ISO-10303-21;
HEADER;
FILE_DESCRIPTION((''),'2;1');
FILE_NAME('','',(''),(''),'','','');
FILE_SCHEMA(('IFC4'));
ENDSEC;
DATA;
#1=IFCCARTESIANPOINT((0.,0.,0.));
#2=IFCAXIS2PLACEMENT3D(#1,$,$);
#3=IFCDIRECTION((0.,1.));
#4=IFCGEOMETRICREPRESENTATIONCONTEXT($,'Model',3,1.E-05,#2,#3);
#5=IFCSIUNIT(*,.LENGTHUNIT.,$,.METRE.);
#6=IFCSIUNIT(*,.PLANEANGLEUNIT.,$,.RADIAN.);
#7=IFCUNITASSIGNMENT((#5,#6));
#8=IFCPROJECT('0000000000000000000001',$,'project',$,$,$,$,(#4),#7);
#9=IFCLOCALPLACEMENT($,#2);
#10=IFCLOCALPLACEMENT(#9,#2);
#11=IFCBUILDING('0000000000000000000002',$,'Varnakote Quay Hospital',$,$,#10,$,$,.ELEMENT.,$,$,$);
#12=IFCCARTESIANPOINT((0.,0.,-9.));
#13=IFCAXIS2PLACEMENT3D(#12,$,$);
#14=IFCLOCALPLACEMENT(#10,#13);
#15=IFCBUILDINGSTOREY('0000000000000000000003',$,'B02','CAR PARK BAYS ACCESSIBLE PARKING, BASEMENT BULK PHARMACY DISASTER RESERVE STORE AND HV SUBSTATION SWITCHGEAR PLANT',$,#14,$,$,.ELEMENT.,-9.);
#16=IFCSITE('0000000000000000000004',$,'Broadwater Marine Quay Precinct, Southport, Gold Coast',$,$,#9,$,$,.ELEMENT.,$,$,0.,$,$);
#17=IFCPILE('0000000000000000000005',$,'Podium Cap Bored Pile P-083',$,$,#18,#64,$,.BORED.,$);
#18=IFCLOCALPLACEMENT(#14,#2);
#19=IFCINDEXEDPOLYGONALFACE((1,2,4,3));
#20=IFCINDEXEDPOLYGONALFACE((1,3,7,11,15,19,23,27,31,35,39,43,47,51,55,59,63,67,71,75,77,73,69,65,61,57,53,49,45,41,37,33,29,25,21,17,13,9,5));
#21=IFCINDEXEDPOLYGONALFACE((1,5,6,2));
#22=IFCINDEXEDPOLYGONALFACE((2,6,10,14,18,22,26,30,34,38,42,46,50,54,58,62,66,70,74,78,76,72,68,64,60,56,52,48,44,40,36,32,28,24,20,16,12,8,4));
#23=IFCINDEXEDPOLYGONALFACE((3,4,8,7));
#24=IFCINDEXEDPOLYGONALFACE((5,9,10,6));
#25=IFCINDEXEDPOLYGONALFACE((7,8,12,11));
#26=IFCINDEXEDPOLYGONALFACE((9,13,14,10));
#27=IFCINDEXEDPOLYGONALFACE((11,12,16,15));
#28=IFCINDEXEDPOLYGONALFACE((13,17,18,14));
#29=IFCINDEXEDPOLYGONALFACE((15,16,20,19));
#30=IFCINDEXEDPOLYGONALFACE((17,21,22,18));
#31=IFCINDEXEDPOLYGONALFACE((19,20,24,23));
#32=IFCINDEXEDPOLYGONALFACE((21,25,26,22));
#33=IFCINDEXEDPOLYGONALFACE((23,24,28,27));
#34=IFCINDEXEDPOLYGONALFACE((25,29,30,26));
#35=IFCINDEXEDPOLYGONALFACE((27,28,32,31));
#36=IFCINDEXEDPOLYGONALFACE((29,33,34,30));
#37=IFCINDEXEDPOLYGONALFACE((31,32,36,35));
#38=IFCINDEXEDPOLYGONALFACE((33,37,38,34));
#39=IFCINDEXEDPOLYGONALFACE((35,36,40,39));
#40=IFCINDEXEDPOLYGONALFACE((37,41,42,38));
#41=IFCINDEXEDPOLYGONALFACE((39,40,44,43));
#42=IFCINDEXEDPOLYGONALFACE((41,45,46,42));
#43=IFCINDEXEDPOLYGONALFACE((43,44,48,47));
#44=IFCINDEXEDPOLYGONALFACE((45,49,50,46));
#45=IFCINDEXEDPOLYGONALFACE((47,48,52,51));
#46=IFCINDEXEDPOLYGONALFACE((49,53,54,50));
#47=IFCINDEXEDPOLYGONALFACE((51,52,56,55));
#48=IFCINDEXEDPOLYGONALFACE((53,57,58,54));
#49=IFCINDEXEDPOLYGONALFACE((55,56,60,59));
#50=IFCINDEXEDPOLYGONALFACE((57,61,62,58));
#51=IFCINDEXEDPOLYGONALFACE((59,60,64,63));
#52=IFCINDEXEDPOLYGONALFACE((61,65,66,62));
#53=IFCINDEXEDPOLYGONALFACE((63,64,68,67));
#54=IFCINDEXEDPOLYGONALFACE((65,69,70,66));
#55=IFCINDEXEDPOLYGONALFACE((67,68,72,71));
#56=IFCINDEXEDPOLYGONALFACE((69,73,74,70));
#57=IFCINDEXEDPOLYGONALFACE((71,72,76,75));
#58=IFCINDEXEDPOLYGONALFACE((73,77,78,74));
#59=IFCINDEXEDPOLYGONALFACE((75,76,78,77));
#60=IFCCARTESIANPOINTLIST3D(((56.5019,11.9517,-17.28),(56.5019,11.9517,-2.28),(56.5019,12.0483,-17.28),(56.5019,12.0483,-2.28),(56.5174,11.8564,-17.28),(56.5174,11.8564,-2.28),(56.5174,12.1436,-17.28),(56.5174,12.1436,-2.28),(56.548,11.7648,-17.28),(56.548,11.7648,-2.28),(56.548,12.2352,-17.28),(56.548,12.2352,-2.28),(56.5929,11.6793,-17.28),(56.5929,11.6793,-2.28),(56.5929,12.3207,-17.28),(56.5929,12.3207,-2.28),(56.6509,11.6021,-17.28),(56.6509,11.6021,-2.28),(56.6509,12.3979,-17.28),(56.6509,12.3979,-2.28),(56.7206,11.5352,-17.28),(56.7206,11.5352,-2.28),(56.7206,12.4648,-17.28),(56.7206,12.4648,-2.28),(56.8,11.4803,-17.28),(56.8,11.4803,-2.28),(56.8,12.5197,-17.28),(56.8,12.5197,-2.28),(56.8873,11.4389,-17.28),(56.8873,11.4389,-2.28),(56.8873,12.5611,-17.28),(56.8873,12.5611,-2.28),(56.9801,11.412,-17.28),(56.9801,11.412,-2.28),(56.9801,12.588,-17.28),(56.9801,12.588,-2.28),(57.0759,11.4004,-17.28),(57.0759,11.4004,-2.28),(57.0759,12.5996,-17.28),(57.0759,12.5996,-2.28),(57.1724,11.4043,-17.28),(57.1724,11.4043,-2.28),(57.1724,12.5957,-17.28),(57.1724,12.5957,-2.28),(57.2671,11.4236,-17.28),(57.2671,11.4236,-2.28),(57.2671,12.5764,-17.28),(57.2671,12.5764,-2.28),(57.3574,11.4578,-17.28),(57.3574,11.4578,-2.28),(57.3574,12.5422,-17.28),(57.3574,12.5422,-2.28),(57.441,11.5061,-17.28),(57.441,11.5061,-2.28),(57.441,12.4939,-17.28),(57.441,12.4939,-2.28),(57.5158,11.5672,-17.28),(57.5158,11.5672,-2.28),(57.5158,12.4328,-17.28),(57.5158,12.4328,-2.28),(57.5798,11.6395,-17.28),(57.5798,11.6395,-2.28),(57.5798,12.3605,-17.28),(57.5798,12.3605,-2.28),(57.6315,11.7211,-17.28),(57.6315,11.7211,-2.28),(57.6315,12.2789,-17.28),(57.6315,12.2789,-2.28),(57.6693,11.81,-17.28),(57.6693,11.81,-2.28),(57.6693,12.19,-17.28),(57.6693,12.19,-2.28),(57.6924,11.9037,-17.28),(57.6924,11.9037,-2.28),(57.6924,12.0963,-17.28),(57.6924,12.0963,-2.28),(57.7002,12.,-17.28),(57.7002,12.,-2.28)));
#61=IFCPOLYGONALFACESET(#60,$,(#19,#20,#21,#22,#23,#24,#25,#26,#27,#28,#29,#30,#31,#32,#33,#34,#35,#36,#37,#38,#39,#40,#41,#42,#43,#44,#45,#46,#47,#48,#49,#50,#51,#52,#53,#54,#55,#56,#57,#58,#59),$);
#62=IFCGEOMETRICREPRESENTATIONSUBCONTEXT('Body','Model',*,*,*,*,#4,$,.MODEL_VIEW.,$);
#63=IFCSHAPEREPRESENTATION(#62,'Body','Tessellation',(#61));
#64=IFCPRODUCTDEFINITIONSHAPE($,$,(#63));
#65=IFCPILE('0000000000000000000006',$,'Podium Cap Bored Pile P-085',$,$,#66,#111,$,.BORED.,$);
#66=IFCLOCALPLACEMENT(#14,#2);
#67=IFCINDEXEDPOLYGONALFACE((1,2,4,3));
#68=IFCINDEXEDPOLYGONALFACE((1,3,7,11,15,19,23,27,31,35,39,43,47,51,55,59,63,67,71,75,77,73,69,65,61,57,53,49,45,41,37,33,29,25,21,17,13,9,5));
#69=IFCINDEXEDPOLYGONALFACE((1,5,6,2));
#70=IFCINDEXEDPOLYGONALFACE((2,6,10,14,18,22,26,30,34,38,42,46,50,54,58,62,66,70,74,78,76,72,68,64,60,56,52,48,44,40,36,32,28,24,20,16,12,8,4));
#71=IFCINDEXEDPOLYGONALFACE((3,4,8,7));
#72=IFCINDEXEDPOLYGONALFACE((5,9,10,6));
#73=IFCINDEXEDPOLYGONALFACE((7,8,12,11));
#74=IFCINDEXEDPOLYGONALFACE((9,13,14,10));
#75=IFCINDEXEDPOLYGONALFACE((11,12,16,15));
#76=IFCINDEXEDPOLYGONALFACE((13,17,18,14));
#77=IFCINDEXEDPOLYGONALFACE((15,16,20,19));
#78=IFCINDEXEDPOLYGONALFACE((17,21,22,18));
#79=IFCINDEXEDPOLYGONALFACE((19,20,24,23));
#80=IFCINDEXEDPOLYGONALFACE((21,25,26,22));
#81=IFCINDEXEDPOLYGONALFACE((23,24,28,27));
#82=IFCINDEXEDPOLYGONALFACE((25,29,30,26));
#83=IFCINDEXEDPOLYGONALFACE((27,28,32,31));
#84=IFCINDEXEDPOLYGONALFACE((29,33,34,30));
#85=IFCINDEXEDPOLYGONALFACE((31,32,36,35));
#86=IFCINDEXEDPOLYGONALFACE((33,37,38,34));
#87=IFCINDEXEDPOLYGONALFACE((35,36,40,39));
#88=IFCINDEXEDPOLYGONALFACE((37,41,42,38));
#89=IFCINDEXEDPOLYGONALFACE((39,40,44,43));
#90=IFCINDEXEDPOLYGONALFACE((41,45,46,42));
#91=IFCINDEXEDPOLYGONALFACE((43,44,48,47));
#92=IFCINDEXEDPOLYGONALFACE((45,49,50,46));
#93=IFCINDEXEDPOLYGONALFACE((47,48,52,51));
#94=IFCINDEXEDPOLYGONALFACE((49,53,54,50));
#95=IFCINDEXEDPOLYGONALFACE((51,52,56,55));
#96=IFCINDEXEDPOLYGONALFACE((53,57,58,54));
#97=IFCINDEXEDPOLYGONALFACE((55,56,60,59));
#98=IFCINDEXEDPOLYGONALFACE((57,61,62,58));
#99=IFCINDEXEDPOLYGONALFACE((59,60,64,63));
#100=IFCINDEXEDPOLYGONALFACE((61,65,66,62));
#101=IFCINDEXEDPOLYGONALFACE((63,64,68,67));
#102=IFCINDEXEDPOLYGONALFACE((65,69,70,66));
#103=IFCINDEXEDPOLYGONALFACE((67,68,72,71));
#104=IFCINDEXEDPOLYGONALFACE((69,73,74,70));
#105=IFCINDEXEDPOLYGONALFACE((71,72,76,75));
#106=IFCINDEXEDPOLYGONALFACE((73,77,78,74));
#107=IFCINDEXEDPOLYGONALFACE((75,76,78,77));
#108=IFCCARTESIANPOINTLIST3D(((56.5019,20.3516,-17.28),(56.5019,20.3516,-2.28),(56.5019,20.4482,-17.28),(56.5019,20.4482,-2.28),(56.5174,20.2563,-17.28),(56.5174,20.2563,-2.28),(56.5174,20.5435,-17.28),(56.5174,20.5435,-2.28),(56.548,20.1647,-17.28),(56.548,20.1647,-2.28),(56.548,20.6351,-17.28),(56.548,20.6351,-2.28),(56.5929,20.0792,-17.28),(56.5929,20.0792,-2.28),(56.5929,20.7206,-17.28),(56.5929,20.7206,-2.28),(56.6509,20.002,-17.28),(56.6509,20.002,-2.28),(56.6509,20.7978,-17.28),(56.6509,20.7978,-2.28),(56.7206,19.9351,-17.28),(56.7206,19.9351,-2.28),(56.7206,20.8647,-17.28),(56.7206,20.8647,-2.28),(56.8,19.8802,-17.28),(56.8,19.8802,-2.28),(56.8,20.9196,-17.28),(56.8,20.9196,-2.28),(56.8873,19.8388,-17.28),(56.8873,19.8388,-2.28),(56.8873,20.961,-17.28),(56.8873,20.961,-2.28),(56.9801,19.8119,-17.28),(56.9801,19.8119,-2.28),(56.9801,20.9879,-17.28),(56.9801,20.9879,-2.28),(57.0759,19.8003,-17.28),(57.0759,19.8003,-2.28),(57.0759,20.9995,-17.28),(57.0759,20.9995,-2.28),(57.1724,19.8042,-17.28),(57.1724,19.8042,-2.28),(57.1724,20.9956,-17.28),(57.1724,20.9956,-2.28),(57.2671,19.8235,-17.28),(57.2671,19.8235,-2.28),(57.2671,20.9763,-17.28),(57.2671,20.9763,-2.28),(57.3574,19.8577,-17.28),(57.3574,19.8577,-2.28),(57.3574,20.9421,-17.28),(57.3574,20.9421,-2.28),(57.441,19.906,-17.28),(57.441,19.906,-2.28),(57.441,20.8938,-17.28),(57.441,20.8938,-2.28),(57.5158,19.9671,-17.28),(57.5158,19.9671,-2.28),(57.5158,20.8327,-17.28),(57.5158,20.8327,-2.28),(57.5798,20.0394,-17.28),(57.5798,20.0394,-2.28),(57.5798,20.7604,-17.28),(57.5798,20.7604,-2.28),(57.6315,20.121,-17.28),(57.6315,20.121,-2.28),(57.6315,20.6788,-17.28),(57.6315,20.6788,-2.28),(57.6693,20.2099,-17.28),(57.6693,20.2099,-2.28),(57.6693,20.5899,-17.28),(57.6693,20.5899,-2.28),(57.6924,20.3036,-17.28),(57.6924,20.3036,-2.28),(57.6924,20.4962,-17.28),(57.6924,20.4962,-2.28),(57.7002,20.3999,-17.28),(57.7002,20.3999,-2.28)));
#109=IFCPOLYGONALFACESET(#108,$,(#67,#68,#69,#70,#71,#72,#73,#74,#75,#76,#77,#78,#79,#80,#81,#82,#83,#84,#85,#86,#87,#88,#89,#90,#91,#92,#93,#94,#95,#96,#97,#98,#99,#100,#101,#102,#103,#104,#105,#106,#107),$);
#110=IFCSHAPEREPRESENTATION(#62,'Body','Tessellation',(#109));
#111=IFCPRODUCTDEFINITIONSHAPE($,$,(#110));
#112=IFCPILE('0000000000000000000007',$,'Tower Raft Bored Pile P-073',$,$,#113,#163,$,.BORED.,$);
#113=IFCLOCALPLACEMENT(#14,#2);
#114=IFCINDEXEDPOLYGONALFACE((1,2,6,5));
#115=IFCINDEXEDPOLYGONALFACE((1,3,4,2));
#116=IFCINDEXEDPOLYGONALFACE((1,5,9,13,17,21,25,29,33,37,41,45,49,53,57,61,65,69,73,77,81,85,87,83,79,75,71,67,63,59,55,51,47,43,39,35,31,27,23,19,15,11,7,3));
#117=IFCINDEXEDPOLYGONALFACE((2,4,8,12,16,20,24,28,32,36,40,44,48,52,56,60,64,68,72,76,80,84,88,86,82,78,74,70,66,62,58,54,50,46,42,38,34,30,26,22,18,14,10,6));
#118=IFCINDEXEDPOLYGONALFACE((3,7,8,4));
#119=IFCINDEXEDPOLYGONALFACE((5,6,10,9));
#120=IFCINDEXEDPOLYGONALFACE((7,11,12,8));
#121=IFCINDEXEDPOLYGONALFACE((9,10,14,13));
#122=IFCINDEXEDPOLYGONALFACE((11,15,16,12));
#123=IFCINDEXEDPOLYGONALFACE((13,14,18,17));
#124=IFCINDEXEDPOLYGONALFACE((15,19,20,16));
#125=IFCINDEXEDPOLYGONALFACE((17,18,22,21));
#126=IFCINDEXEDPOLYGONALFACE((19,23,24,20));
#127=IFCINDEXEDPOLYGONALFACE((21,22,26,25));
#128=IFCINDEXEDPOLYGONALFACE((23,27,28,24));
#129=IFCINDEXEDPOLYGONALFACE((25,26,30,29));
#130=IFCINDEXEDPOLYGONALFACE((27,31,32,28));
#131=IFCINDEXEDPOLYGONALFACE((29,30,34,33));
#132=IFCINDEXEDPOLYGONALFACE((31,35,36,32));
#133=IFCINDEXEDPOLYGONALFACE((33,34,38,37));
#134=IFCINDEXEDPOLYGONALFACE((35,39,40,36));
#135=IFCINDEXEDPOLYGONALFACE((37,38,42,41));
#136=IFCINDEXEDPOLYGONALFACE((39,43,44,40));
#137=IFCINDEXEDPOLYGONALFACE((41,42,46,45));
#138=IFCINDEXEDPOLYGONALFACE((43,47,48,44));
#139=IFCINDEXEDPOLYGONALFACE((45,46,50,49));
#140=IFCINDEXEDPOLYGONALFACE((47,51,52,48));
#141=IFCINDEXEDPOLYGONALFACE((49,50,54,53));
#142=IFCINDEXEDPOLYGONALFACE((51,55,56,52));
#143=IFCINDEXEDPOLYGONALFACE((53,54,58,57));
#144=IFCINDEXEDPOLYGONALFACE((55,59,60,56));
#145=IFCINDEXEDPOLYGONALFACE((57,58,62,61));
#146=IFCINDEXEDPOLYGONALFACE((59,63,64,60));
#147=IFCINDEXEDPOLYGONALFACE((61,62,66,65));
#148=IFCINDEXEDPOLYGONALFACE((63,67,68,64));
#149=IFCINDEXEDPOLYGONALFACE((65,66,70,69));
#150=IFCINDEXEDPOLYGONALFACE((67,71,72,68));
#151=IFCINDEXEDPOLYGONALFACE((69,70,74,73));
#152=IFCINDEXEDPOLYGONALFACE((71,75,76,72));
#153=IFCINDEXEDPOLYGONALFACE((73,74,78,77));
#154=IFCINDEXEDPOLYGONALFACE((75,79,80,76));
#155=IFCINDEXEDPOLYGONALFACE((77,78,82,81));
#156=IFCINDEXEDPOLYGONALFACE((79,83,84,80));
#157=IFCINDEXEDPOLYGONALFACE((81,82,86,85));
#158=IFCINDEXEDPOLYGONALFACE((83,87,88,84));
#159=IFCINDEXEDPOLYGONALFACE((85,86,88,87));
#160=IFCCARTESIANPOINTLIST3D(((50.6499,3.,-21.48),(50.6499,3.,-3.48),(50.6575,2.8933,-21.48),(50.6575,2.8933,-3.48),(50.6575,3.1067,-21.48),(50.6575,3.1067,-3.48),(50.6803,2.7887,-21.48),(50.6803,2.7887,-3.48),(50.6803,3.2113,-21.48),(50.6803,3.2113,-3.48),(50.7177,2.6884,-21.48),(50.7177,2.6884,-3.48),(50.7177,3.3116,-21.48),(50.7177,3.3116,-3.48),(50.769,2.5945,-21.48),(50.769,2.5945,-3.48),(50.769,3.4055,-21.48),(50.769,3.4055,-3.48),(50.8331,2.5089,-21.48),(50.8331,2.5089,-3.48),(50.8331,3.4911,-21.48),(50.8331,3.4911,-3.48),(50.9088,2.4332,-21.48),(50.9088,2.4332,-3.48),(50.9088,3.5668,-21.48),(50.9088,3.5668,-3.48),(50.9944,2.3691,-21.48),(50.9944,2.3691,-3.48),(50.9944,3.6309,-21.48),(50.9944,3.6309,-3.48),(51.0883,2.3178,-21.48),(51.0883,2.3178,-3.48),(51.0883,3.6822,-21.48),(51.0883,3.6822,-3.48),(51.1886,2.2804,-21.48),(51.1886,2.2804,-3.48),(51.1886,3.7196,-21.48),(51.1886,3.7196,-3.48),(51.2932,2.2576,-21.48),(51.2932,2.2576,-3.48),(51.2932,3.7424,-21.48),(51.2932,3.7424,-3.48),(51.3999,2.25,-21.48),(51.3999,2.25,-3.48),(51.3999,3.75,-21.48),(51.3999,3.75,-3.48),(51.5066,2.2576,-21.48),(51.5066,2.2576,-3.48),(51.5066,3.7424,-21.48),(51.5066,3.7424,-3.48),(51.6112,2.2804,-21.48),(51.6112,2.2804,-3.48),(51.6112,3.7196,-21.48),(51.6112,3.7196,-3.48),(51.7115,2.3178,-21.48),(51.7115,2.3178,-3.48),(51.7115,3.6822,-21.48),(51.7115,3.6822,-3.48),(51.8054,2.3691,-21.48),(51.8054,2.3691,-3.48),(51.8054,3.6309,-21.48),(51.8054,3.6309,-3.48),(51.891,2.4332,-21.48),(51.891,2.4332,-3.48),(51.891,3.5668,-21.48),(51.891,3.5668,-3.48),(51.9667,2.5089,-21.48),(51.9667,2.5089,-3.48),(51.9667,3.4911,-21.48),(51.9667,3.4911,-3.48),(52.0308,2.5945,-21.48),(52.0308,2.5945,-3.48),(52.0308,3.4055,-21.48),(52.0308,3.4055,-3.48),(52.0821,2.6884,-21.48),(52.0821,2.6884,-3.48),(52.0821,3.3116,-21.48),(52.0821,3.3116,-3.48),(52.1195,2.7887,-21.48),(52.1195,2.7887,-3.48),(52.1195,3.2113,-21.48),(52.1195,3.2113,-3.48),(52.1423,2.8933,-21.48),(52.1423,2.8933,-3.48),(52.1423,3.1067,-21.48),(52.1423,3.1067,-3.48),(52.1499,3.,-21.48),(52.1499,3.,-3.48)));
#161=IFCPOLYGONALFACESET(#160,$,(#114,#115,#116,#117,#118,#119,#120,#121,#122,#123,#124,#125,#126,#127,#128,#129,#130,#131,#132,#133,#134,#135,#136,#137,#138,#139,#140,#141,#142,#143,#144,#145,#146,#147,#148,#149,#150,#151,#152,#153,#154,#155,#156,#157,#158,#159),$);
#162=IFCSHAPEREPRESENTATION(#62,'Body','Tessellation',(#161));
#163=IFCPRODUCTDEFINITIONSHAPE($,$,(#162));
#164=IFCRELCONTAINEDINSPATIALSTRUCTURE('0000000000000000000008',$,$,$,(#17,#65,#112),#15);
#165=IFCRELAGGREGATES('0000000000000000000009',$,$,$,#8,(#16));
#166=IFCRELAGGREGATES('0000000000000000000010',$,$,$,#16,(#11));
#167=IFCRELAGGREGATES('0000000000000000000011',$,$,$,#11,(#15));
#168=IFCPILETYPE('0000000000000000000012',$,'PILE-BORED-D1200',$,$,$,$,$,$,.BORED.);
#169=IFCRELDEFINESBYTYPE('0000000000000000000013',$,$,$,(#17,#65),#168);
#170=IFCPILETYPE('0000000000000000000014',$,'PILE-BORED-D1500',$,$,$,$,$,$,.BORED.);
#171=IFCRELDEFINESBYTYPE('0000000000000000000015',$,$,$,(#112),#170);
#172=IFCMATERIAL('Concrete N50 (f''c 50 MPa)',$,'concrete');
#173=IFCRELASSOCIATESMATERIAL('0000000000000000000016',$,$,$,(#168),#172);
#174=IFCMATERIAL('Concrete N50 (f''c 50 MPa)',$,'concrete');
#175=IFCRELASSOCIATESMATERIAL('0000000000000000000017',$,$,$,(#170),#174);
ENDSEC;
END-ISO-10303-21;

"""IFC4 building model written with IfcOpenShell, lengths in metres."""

from ifc_helpers import new_model, si_unit, direction, frame, origin, origin_2d, place, context, subcontext, project, spatial, circle, extrude, material, material_profile, profile_set, type_object, element, save


model = new_model("IFC4")

# Units and contexts
model_context = context("Model", 3, precision=1e-05, world=origin(), true_north=direction((0.0, 1.0)))
body_context = subcontext(model_context, "Body", "Model", "MODEL_VIEW")
ifc_project = project(units=[si_unit("LENGTHUNIT", "METRE"), si_unit("PLANEANGLEUNIT", "RADIAN")], contexts=[model_context])

# Site, building, storey
site_placement = place(None, origin())
site = spatial("IfcSite", under=ifc_project, at=site_placement, Name="Broadwater Marine Quay Precinct, Southport, Gold Coast", CompositionType="ELEMENT", RefElevation=0.0)
building_placement = place(site_placement, origin())
building = spatial("IfcBuilding", under=site, at=building_placement, Name="Varnakote Quay Hospital", CompositionType="ELEMENT")
storey_placement = place(building_placement, frame((0.0, 0.0, -9.0)))
storey = spatial("IfcBuildingStorey", under=building, at=storey_placement, Name="B02", Description="CAR PARK BAYS ACCESSIBLE PARKING, BASEMENT BULK PHARMACY DISASTER RESERVE STORE AND HV SUBSTATION SWITCHGEAR PLANT", CompositionType="ELEMENT", Elevation=-9.0)

# Piles
ifc_material_1 = material(Name="Concrete N50 (f'c 50 MPa)", Category="concrete")
ifc_material_profile_1 = material_profile(ifc_material_1, circle(Radius=0.6001, at=origin_2d()), Name="PILE-D1200")
ifc_profile_set_1 = profile_set([ifc_material_profile_1], Name="Concrete N50 (f'c 50 MPa)")
pile_type_1 = type_object("IfcPileType", Name="PILE-BORED-D1200", PredefinedType="BORED", material=ifc_profile_set_1)
for number, where, z_axis, x_axis, name in (
    (1, (57.1001, 12.0, -2.28), (0.0, 0.0, -1.0), (1.0, 0.0, 0.0), "Podium Cap Bored Pile P-083"),
    (2, (57.1001, 20.3999, -2.28), (0.0, 0.0, -1.0), (1.0, 0.0, 0.0), "Podium Cap Bored Pile P-085"),
):
    element("IfcPile", number, at=place(storey_placement, frame(where, z_axis=z_axis, x_axis=x_axis)), inside=storey, type_object=pile_type_1, Name=name, PredefinedType="BORED", context=body_context, shape_type="SweptSolid", body=[
        extrude(circle(Radius=0.6001, at=origin_2d()), origin(), (0.0, 0.0, 1.0), 15.0),
    ])
ifc_material_2 = material(Name="Concrete N50 (f'c 50 MPa)", Category="concrete")
ifc_material_profile_2 = material_profile(ifc_material_2, circle(Radius=0.75, at=origin_2d()), Name="PILE-D1500")
ifc_profile_set_2 = profile_set([ifc_material_profile_2], Name="Concrete N50 (f'c 50 MPa)")
pile_type_2 = type_object("IfcPileType", Name="PILE-BORED-D1500", PredefinedType="BORED", material=ifc_profile_set_2)
for number, where, z_axis, x_axis, name in (
    (3, (51.3999, 3.0, -3.48), (0.0, 0.0, -1.0), (1.0, 0.0, 0.0), "Tower Raft Bored Pile P-073"),
):
    element("IfcPile", number, at=place(storey_placement, frame(where, z_axis=z_axis, x_axis=x_axis)), inside=storey, type_object=pile_type_2, Name=name, PredefinedType="BORED", context=body_context, shape_type="SweptSolid", body=[
        extrude(circle(Radius=0.75, at=origin_2d()), origin(), (0.0, 0.0, 1.0), 18.0),
    ])

save(model, "model.ifc")
